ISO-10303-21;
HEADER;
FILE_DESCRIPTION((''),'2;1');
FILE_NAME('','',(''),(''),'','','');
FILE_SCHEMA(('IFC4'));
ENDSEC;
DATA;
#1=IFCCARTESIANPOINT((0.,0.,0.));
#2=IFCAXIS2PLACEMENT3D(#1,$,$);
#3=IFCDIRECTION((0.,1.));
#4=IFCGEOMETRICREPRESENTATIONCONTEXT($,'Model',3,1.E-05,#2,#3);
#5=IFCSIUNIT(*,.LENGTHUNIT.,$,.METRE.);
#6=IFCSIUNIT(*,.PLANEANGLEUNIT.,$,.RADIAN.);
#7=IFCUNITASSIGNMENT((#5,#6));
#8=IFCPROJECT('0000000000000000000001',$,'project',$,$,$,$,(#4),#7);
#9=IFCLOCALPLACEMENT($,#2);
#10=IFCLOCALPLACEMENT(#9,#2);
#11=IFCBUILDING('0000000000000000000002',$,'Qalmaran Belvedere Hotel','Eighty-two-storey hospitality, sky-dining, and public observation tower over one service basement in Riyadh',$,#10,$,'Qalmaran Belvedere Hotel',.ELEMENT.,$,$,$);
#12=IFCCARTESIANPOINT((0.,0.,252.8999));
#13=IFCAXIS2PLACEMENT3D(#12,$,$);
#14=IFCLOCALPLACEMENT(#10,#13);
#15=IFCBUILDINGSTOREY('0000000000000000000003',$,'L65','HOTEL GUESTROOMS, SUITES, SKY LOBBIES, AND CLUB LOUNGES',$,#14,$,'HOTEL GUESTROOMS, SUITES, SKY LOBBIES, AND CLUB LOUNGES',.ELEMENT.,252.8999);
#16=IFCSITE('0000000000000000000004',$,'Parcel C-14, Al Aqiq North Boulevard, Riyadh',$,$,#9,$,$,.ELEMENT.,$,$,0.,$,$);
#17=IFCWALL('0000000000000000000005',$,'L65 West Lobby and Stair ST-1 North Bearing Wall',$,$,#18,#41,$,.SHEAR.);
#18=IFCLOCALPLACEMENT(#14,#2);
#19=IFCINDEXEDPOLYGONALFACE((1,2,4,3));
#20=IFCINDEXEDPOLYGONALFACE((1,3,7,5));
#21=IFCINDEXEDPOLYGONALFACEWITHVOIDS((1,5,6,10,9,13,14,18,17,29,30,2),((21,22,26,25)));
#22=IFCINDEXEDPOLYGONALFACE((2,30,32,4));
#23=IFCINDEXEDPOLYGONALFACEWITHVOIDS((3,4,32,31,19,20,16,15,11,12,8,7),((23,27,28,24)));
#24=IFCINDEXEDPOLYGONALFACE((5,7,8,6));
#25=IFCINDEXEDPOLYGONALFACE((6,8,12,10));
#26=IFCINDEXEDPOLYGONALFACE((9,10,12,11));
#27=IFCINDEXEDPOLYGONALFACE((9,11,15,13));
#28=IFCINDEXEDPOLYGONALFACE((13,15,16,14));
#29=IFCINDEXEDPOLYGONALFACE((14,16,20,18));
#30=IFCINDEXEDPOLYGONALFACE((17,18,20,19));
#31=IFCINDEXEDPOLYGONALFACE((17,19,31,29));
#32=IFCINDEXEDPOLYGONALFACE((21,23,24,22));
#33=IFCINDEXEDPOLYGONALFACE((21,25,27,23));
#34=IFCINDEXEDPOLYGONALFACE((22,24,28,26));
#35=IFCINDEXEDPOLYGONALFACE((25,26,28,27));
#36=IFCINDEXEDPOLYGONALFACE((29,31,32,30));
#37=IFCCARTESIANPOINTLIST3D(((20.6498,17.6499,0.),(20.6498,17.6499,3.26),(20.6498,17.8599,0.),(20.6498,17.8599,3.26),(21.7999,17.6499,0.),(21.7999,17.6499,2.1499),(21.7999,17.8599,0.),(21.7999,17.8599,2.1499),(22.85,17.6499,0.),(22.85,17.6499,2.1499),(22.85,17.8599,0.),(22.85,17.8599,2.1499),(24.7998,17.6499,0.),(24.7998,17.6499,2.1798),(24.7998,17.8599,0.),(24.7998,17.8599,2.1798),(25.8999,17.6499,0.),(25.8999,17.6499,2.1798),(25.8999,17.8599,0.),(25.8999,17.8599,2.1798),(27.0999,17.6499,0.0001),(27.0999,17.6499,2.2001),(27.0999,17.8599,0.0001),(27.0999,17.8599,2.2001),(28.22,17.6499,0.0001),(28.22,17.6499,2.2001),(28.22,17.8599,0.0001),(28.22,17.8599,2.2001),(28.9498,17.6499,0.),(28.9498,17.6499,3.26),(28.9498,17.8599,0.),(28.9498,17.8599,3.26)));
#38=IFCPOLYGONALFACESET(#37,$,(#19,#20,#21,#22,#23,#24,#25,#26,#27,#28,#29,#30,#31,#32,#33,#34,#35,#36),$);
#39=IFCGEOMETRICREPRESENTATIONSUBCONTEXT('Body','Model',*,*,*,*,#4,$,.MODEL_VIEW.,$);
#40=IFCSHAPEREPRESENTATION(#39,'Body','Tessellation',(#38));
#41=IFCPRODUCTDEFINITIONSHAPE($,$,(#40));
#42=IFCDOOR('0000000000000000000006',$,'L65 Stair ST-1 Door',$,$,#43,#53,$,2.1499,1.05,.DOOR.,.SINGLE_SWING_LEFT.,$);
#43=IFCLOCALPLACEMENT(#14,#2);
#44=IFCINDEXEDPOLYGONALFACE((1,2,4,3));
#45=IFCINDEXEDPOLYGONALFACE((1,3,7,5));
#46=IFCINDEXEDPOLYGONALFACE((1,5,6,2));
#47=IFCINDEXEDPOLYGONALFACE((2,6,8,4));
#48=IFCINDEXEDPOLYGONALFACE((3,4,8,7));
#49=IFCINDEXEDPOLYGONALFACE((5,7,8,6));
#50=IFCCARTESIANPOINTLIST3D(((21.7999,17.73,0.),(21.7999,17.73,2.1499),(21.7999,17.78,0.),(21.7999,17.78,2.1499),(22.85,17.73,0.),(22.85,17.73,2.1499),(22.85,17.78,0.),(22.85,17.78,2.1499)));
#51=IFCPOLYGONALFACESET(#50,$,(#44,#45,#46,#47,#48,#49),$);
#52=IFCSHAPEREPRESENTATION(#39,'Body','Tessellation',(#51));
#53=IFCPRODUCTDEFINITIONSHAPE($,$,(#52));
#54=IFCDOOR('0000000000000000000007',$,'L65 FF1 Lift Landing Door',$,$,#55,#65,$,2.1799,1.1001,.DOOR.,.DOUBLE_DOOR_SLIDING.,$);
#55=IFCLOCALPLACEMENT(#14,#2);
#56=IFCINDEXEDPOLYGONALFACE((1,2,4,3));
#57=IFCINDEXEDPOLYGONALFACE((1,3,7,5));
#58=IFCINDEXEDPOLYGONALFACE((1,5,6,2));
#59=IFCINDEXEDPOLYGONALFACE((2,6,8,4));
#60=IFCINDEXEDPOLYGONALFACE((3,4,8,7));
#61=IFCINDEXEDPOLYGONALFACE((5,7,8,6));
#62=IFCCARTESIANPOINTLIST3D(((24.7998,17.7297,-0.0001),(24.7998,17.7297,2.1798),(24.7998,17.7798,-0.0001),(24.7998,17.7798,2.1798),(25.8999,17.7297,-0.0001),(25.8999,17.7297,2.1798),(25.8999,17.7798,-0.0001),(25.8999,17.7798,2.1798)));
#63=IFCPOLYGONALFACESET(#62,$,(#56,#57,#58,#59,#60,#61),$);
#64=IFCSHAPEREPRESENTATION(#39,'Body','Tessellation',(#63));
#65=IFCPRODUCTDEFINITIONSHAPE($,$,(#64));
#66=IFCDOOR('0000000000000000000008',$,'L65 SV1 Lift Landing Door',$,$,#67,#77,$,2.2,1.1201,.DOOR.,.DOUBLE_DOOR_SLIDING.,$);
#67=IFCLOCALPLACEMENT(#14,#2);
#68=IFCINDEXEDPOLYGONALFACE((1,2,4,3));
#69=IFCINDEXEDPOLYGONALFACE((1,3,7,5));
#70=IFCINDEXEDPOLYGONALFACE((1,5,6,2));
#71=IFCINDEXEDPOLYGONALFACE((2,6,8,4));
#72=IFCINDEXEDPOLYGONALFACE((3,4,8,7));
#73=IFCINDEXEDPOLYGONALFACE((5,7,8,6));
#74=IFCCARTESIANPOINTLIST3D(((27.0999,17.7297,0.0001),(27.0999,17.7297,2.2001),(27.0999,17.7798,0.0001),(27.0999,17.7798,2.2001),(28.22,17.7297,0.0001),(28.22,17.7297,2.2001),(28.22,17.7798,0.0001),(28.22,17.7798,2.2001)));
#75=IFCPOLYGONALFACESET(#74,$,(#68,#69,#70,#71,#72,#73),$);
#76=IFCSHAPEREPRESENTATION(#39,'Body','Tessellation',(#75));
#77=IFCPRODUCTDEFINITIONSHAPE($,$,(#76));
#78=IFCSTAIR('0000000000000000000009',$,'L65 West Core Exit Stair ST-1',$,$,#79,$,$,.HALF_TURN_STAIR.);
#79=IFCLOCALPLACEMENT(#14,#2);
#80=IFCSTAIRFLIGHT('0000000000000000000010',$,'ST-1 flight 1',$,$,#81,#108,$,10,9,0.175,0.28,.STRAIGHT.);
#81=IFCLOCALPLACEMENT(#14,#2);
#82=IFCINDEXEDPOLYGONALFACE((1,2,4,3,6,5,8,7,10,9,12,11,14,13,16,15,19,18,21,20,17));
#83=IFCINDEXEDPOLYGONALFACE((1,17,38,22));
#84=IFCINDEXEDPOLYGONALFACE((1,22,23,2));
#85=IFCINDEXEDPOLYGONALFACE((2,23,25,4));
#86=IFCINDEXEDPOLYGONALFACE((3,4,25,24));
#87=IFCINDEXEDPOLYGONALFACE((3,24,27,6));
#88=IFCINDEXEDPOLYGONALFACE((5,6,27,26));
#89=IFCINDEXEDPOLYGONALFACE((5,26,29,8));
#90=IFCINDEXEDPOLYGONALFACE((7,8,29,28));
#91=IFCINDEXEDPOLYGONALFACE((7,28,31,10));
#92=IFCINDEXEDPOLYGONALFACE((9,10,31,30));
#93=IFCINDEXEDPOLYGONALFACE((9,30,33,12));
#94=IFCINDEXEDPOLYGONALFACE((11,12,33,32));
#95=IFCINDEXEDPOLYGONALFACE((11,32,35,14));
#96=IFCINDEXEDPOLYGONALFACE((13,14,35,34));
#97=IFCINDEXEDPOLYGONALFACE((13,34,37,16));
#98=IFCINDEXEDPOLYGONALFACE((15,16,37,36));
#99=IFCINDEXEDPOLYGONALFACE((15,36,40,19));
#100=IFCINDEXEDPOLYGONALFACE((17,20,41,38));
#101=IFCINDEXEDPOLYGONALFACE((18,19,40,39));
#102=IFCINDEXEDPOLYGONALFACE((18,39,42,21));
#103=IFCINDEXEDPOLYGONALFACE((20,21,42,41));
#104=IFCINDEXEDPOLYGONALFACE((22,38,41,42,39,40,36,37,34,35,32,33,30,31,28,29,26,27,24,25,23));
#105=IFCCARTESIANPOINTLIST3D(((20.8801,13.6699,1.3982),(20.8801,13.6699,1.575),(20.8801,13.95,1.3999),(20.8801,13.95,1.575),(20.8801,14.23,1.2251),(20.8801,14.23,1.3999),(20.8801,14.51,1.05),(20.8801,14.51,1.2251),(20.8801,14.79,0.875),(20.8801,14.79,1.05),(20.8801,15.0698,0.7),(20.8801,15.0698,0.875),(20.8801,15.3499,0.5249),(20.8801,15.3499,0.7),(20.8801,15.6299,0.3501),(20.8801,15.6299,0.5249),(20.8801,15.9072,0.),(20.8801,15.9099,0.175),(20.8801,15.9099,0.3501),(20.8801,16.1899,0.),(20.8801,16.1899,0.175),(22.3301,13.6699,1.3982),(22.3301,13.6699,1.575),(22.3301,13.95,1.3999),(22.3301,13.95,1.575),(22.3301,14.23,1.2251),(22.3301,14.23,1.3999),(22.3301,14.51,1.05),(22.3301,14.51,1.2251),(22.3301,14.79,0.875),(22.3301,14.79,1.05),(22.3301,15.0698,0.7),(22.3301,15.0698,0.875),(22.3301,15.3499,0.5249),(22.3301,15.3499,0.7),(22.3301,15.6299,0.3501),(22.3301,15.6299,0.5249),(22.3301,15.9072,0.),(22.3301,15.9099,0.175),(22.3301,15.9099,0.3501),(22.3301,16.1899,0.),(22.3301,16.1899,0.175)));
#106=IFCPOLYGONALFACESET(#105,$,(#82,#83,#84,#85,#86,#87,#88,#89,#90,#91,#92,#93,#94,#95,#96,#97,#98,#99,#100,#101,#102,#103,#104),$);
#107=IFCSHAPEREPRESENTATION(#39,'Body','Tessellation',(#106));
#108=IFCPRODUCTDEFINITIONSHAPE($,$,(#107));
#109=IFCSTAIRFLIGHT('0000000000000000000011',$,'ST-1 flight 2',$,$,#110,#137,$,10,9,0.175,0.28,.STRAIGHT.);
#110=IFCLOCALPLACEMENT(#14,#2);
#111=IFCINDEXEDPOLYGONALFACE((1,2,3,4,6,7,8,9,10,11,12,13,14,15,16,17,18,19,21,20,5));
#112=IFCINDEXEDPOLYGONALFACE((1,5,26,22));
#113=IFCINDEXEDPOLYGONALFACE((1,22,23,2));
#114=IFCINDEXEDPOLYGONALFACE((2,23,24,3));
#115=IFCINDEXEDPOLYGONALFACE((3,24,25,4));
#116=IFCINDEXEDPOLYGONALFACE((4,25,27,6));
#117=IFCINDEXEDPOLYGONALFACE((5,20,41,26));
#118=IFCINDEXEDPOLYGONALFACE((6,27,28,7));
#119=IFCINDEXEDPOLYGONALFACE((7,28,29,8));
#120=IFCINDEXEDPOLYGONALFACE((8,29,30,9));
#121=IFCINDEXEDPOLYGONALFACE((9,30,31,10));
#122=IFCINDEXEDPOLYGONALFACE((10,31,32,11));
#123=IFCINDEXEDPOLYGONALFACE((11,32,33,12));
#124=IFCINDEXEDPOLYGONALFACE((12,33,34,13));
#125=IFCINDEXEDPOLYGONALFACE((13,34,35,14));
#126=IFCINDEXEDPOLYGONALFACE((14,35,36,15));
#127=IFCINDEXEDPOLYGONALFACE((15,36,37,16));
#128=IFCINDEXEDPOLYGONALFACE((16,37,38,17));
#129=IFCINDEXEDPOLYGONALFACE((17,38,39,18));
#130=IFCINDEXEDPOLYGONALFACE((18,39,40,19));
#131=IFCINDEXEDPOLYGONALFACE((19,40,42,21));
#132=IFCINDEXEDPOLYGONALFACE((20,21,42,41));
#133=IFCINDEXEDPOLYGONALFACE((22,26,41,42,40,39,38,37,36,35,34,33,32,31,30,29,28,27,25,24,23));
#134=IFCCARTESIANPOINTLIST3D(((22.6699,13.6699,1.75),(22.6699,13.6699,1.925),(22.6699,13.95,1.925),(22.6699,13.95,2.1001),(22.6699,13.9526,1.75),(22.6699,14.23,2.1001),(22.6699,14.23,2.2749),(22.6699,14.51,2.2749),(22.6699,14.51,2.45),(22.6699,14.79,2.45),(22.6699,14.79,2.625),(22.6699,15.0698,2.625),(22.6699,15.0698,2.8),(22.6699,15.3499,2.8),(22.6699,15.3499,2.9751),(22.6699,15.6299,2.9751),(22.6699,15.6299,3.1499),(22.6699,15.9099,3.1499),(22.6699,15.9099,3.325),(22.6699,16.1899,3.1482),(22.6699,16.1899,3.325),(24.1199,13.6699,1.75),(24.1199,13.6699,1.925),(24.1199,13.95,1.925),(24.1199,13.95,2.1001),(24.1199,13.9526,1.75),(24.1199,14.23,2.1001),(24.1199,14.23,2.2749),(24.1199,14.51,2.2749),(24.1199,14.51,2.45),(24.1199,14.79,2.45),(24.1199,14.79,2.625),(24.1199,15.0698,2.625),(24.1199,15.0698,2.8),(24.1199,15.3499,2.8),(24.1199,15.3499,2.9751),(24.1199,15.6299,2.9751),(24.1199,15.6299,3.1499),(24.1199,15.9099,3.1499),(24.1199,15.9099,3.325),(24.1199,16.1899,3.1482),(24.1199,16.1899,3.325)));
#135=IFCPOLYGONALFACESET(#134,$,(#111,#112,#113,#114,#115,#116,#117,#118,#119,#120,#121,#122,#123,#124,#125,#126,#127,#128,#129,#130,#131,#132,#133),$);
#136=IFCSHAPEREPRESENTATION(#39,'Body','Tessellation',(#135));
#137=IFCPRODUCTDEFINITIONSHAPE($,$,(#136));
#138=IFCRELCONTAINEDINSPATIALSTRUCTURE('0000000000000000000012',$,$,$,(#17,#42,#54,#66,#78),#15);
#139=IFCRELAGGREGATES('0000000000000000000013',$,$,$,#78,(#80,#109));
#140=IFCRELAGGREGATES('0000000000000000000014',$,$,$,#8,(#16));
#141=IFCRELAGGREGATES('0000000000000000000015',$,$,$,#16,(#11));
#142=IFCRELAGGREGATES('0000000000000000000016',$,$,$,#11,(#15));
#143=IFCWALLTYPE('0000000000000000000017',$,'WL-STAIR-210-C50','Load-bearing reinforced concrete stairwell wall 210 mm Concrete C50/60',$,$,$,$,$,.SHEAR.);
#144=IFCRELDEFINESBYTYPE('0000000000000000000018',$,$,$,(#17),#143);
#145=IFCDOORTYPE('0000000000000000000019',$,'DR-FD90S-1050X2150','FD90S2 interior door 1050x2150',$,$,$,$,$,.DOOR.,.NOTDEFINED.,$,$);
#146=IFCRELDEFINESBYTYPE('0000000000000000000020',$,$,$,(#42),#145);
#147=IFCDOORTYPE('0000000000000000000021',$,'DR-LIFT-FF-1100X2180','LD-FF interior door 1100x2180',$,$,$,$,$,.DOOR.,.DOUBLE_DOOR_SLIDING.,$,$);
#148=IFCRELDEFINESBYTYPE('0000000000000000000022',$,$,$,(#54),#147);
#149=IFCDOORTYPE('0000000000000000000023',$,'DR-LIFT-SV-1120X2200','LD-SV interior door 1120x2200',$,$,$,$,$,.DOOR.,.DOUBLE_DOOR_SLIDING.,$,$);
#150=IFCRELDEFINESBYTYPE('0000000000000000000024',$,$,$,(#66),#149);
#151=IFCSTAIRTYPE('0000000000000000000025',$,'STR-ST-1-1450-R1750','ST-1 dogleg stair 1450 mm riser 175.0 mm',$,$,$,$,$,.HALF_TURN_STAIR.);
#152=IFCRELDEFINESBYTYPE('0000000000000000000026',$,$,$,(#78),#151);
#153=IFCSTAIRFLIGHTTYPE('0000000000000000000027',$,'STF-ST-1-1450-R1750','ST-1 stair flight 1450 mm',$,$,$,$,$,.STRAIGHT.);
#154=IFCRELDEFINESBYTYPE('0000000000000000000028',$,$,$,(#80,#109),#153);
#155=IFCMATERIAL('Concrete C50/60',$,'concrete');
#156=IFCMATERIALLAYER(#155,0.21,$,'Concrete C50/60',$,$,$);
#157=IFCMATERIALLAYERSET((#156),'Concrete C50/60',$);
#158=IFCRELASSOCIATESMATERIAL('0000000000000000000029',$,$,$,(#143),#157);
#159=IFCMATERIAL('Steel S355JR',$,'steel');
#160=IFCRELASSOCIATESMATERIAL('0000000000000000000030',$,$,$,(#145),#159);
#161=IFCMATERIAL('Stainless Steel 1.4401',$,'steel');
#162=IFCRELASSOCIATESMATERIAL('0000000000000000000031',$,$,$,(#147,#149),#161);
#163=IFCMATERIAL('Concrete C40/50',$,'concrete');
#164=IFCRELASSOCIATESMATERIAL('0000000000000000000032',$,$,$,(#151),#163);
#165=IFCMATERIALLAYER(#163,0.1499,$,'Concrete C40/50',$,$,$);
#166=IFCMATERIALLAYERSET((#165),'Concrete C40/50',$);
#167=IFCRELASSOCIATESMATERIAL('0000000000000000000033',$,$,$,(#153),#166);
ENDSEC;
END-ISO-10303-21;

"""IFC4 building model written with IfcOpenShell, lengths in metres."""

from ifc_helpers import new_model, si_unit, direction, frame, frame_2d, origin, place, context, subcontext, project, spatial, polyline, rectangle, outline, extrude, material, layer, layer_set, type_object, element, fill, aggregate, save


model = new_model("IFC4")

# Units and contexts
model_context = context("Model", 3, precision=1e-05, world=origin(), true_north=direction((0.0, 1.0)))
body_context = subcontext(model_context, "Body", "Model", "MODEL_VIEW")
ifc_project = project(units=[si_unit("LENGTHUNIT", "METRE"), si_unit("PLANEANGLEUNIT", "RADIAN")], contexts=[model_context])

# Site, building, storey
site_placement = place(None, origin())
site = spatial("IfcSite", under=ifc_project, at=site_placement, Name="Parcel C-14, Al Aqiq North Boulevard, Riyadh", CompositionType="ELEMENT", RefElevation=0.0)
building_placement = place(site_placement, origin())
building = spatial("IfcBuilding", under=site, at=building_placement, Name="Qalmaran Belvedere Hotel", Description="Eighty-two-storey hospitality, sky-dining, and public observation tower over one service basement in Riyadh", LongName="Qalmaran Belvedere Hotel", CompositionType="ELEMENT")
storey_placement = place(building_placement, frame((0.0, 0.0, 252.8999)))
storey = spatial("IfcBuildingStorey", under=building, at=storey_placement, Name="L65", Description="HOTEL GUESTROOMS, SUITES, SKY LOBBIES, AND CLUB LOUNGES", LongName="HOTEL GUESTROOMS, SUITES, SKY LOBBIES, AND CLUB LOUNGES", CompositionType="ELEMENT", Elevation=252.8999)

# Shared definitions
ifc_material_1 = material(Name="Steel S355JR", Category="steel")

# Shared definitions
ifc_material_2 = material(Name="Concrete C50/60", Category="concrete")
ifc_layer_1 = layer(ifc_material_2, 0.21, Name="Concrete C50/60")
ifc_layer_set_1 = layer_set([ifc_layer_1], Name="Concrete C50/60")
wall_type_1 = type_object("IfcWallType", Name="WL-STAIR-210-C50", Description="Load-bearing reinforced concrete stairwell wall 210 mm Concrete C50/60", PredefinedType="SHEAR", material=ifc_layer_set_1)

# Wall, openings, doors
wall_1_placement = place(storey_placement, frame((20.6499, 17.7549, 0.0), z_axis=(0.0, 0.0, 1.0), x_axis=(1.0, 0.0, 0.0)))
wall_1 = element("IfcWall", 1, at=wall_1_placement, inside=storey, type_object=wall_type_1, Name="L65 West Lobby and Stair ST-1 North Bearing Wall", PredefinedType="SHEAR", context=body_context, shape_type="SweptSolid", body=[
    extrude(rectangle(XDim=8.3, YDim=0.21, at=frame_2d((4.1499, 0.0))), origin(), (0.0, 0.0, 1.0), 3.26),
])
opening_1_placement = place(wall_1_placement, frame((2.2, 0.0, 0.0), z_axis=(0.0, 0.0, 1.0), x_axis=(-1.0, 0.0, 0.0)))
opening_1 = element("IfcOpeningElement", 2, at=opening_1_placement, cuts=wall_1, PredefinedType="OPENING", context=body_context, shape_type="SweptSolid", body=[
    extrude(rectangle(XDim=1.05, YDim=2.1499, at=frame_2d((0.5249, 1.075))), frame((0.0, 0.115, 0.0), z_axis=(0.0, -1.0, 0.0), x_axis=(1.0, 0.0, 0.0)), (0.0, 0.0, 1.0), 0.23),
])
opening_2_placement = place(wall_1_placement, frame((4.1499, 0.0, 0.0)))
opening_2 = element("IfcOpeningElement", 3, at=opening_2_placement, cuts=wall_1, PredefinedType="OPENING", context=body_context, shape_type="SweptSolid", body=[
    extrude(rectangle(XDim=1.1001, YDim=2.1799, at=frame_2d((0.55, 1.0898))), frame((0.0, 0.115, 0.0), z_axis=(0.0, -1.0, 0.0), x_axis=(1.0, 0.0, 0.0)), (0.0, 0.0, 1.0), 0.23),
])
opening_3_placement = place(wall_1_placement, frame((6.45, 0.0, 0.0)))
opening_3 = element("IfcOpeningElement", 4, at=opening_3_placement, cuts=wall_1, PredefinedType="OPENING", context=body_context, shape_type="SweptSolid", body=[
    extrude(rectangle(XDim=1.1201, YDim=2.2, at=frame_2d((0.5601, 1.1001))), frame((0.0, 0.115, 0.0), z_axis=(0.0, -1.0, 0.0), x_axis=(1.0, 0.0, 0.0)), (0.0, 0.0, 1.0), 0.23),
])
door_type_1 = type_object("IfcDoorType", Name="DR-FD90S-1050X2150", Description="FD90S2 interior door 1050x2150", OperationType="NOTDEFINED", PredefinedType="DOOR", material=ifc_material_1)
door_1_placement = place(opening_1_placement, origin())
door_1 = element("IfcDoor", 5, at=door_1_placement, inside=storey, type_object=door_type_1, Name="L65 Stair ST-1 Door", OperationType="SINGLE_SWING_LEFT", OverallHeight=2.1499, OverallWidth=1.05, PredefinedType="DOOR", context=body_context, shape_type="SweptSolid", body=[
    extrude(rectangle(XDim=1.05, YDim=2.1499, at=frame_2d((0.5249, 1.075))), frame((0.0, 0.0249, 0.0), z_axis=(0.0, -1.0, 0.0), x_axis=(1.0, 0.0, 0.0)), (0.0, 0.0, 1.0), 0.05),
])
fill(opening_1, door_1)
ifc_material_3 = material(Name="Stainless Steel 1.4401", Category="steel")
door_type_2 = type_object("IfcDoorType", Name="DR-LIFT-FF-1100X2180", Description="LD-FF interior door 1100x2180", OperationType="DOUBLE_DOOR_SLIDING", PredefinedType="DOOR", material=ifc_material_3)
door_2_placement = place(opening_2_placement, origin())
door_2 = element("IfcDoor", 6, at=door_2_placement, inside=storey, type_object=door_type_2, Name="L65 FF1 Lift Landing Door", OperationType="DOUBLE_DOOR_SLIDING", OverallHeight=2.1799, OverallWidth=1.1001, PredefinedType="DOOR", context=body_context, shape_type="SweptSolid", body=[
    extrude(rectangle(XDim=1.1001, YDim=2.1799, at=frame_2d((0.55, 1.0898))), frame((0.0, 0.0249, 0.0), z_axis=(0.0, -1.0, 0.0), x_axis=(1.0, 0.0, 0.0)), (0.0, 0.0, 1.0), 0.05),
])
fill(opening_2, door_2)
door_type_3 = type_object("IfcDoorType", Name="DR-LIFT-SV-1120X2200", Description="LD-SV interior door 1120x2200", OperationType="DOUBLE_DOOR_SLIDING", PredefinedType="DOOR", material=ifc_material_3)
door_3_placement = place(opening_3_placement, origin())
door_3 = element("IfcDoor", 7, at=door_3_placement, inside=storey, type_object=door_type_3, Name="L65 SV1 Lift Landing Door", OperationType="DOUBLE_DOOR_SLIDING", OverallHeight=2.2, OverallWidth=1.1201, PredefinedType="DOOR", context=body_context, shape_type="SweptSolid", body=[
    extrude(rectangle(XDim=1.1201, YDim=2.2, at=frame_2d((0.5601, 1.1001))), frame((0.0, 0.0249, 0.0), z_axis=(0.0, -1.0, 0.0), x_axis=(1.0, 0.0, 0.0)), (0.0, 0.0, 1.0), 0.05),
])
fill(opening_3, door_3)

# Stair, stair flights
ifc_material_4 = material(Name="Concrete C40/50", Category="concrete")
stair_type = type_object("IfcStairType", Name="STR-ST-1-1450-R1750", Description="ST-1 dogleg stair 1450 mm riser 175.0 mm", PredefinedType="HALF_TURN_STAIR", material=ifc_material_4)
stair_placement = place(storey_placement, origin())
stair = element("IfcStair", 8, at=stair_placement, inside=storey, type_object=stair_type, Name="L65 West Core Exit Stair ST-1", PredefinedType="HALF_TURN_STAIR")
ifc_layer_2 = layer(ifc_material_4, 0.1499, Name="Concrete C40/50")
ifc_layer_set_2 = layer_set([ifc_layer_2], Name="Concrete C40/50")
stair_flight_type = type_object("IfcStairFlightType", Name="STF-ST-1-1450-R1750", Description="ST-1 stair flight 1450 mm", PredefinedType="STRAIGHT", material=ifc_layer_set_2)
stair_flight_1_placement = place(storey_placement, frame((21.605, 16.1899, 0.0), z_axis=(0.0, 0.0, 1.0), x_axis=(0.0, -1.0, 0.0)))
stair_flight_1 = element("IfcStairFlight", 9, at=stair_flight_1_placement, type_object=stair_flight_type, Name="ST-1 flight 1", NumberOfRisers=10, NumberOfTreads=9, PredefinedType="STRAIGHT", RiserHeight=0.175, TreadLength=0.28, context=body_context, shape_type="SweptSolid", body=[
    extrude(outline(polyline([(0.0, 0.0), (0.0, 0.175), (0.28, 0.175), (0.28, 0.3501), (0.5601, 0.3501), (0.5601, 0.5249), (0.8401, 0.5249), (0.8401, 0.7), (1.1201, 0.7), (1.1201, 0.875), (1.3999, 0.875), (1.3999, 1.05), (1.6799, 1.05), (1.6799, 1.2251), (1.96, 1.2251), (1.96, 1.3999), (2.24, 1.3999), (2.24, 1.575), (2.52, 1.575), (2.52, 1.75), (2.52, 1.3982), (0.2827, 0.0), (0.0, 0.0)])), frame((0.0, 0.7251, 0.0), z_axis=(0.0, -1.0, 0.0), x_axis=(1.0, 0.0, 0.0)), (0.0, 0.0, 1.0), 1.45),
])
stair_flight_2_placement = place(storey_placement, frame((23.395, 13.6699, 1.75), z_axis=(0.0, 0.0, 1.0), x_axis=(0.0, 1.0, 0.0)))
stair_flight_2 = element("IfcStairFlight", 10, at=stair_flight_2_placement, type_object=stair_flight_type, Name="ST-1 flight 2", NumberOfRisers=10, NumberOfTreads=9, PredefinedType="STRAIGHT", RiserHeight=0.175, TreadLength=0.28, context=body_context, shape_type="SweptSolid", body=[
    extrude(outline(polyline([(0.0, 0.0), (0.0, 0.175), (0.28, 0.175), (0.28, 0.3501), (0.5601, 0.3501), (0.5601, 0.5249), (0.8401, 0.5249), (0.8401, 0.7), (1.1201, 0.7), (1.1201, 0.875), (1.3999, 0.875), (1.3999, 1.05), (1.6799, 1.05), (1.6799, 1.2251), (1.96, 1.2251), (1.96, 1.3999), (2.24, 1.3999), (2.24, 1.575), (2.52, 1.575), (2.52, 1.75), (2.52, 1.3982), (0.2827, 0.0), (0.0, 0.0)])), frame((0.0, 0.7251, 0.0), z_axis=(0.0, -1.0, 0.0), x_axis=(1.0, 0.0, 0.0)), (0.0, 0.0, 1.0), 1.45),
])
aggregate(stair, [stair_flight_1, stair_flight_2])

save(model, "model.ifc")
